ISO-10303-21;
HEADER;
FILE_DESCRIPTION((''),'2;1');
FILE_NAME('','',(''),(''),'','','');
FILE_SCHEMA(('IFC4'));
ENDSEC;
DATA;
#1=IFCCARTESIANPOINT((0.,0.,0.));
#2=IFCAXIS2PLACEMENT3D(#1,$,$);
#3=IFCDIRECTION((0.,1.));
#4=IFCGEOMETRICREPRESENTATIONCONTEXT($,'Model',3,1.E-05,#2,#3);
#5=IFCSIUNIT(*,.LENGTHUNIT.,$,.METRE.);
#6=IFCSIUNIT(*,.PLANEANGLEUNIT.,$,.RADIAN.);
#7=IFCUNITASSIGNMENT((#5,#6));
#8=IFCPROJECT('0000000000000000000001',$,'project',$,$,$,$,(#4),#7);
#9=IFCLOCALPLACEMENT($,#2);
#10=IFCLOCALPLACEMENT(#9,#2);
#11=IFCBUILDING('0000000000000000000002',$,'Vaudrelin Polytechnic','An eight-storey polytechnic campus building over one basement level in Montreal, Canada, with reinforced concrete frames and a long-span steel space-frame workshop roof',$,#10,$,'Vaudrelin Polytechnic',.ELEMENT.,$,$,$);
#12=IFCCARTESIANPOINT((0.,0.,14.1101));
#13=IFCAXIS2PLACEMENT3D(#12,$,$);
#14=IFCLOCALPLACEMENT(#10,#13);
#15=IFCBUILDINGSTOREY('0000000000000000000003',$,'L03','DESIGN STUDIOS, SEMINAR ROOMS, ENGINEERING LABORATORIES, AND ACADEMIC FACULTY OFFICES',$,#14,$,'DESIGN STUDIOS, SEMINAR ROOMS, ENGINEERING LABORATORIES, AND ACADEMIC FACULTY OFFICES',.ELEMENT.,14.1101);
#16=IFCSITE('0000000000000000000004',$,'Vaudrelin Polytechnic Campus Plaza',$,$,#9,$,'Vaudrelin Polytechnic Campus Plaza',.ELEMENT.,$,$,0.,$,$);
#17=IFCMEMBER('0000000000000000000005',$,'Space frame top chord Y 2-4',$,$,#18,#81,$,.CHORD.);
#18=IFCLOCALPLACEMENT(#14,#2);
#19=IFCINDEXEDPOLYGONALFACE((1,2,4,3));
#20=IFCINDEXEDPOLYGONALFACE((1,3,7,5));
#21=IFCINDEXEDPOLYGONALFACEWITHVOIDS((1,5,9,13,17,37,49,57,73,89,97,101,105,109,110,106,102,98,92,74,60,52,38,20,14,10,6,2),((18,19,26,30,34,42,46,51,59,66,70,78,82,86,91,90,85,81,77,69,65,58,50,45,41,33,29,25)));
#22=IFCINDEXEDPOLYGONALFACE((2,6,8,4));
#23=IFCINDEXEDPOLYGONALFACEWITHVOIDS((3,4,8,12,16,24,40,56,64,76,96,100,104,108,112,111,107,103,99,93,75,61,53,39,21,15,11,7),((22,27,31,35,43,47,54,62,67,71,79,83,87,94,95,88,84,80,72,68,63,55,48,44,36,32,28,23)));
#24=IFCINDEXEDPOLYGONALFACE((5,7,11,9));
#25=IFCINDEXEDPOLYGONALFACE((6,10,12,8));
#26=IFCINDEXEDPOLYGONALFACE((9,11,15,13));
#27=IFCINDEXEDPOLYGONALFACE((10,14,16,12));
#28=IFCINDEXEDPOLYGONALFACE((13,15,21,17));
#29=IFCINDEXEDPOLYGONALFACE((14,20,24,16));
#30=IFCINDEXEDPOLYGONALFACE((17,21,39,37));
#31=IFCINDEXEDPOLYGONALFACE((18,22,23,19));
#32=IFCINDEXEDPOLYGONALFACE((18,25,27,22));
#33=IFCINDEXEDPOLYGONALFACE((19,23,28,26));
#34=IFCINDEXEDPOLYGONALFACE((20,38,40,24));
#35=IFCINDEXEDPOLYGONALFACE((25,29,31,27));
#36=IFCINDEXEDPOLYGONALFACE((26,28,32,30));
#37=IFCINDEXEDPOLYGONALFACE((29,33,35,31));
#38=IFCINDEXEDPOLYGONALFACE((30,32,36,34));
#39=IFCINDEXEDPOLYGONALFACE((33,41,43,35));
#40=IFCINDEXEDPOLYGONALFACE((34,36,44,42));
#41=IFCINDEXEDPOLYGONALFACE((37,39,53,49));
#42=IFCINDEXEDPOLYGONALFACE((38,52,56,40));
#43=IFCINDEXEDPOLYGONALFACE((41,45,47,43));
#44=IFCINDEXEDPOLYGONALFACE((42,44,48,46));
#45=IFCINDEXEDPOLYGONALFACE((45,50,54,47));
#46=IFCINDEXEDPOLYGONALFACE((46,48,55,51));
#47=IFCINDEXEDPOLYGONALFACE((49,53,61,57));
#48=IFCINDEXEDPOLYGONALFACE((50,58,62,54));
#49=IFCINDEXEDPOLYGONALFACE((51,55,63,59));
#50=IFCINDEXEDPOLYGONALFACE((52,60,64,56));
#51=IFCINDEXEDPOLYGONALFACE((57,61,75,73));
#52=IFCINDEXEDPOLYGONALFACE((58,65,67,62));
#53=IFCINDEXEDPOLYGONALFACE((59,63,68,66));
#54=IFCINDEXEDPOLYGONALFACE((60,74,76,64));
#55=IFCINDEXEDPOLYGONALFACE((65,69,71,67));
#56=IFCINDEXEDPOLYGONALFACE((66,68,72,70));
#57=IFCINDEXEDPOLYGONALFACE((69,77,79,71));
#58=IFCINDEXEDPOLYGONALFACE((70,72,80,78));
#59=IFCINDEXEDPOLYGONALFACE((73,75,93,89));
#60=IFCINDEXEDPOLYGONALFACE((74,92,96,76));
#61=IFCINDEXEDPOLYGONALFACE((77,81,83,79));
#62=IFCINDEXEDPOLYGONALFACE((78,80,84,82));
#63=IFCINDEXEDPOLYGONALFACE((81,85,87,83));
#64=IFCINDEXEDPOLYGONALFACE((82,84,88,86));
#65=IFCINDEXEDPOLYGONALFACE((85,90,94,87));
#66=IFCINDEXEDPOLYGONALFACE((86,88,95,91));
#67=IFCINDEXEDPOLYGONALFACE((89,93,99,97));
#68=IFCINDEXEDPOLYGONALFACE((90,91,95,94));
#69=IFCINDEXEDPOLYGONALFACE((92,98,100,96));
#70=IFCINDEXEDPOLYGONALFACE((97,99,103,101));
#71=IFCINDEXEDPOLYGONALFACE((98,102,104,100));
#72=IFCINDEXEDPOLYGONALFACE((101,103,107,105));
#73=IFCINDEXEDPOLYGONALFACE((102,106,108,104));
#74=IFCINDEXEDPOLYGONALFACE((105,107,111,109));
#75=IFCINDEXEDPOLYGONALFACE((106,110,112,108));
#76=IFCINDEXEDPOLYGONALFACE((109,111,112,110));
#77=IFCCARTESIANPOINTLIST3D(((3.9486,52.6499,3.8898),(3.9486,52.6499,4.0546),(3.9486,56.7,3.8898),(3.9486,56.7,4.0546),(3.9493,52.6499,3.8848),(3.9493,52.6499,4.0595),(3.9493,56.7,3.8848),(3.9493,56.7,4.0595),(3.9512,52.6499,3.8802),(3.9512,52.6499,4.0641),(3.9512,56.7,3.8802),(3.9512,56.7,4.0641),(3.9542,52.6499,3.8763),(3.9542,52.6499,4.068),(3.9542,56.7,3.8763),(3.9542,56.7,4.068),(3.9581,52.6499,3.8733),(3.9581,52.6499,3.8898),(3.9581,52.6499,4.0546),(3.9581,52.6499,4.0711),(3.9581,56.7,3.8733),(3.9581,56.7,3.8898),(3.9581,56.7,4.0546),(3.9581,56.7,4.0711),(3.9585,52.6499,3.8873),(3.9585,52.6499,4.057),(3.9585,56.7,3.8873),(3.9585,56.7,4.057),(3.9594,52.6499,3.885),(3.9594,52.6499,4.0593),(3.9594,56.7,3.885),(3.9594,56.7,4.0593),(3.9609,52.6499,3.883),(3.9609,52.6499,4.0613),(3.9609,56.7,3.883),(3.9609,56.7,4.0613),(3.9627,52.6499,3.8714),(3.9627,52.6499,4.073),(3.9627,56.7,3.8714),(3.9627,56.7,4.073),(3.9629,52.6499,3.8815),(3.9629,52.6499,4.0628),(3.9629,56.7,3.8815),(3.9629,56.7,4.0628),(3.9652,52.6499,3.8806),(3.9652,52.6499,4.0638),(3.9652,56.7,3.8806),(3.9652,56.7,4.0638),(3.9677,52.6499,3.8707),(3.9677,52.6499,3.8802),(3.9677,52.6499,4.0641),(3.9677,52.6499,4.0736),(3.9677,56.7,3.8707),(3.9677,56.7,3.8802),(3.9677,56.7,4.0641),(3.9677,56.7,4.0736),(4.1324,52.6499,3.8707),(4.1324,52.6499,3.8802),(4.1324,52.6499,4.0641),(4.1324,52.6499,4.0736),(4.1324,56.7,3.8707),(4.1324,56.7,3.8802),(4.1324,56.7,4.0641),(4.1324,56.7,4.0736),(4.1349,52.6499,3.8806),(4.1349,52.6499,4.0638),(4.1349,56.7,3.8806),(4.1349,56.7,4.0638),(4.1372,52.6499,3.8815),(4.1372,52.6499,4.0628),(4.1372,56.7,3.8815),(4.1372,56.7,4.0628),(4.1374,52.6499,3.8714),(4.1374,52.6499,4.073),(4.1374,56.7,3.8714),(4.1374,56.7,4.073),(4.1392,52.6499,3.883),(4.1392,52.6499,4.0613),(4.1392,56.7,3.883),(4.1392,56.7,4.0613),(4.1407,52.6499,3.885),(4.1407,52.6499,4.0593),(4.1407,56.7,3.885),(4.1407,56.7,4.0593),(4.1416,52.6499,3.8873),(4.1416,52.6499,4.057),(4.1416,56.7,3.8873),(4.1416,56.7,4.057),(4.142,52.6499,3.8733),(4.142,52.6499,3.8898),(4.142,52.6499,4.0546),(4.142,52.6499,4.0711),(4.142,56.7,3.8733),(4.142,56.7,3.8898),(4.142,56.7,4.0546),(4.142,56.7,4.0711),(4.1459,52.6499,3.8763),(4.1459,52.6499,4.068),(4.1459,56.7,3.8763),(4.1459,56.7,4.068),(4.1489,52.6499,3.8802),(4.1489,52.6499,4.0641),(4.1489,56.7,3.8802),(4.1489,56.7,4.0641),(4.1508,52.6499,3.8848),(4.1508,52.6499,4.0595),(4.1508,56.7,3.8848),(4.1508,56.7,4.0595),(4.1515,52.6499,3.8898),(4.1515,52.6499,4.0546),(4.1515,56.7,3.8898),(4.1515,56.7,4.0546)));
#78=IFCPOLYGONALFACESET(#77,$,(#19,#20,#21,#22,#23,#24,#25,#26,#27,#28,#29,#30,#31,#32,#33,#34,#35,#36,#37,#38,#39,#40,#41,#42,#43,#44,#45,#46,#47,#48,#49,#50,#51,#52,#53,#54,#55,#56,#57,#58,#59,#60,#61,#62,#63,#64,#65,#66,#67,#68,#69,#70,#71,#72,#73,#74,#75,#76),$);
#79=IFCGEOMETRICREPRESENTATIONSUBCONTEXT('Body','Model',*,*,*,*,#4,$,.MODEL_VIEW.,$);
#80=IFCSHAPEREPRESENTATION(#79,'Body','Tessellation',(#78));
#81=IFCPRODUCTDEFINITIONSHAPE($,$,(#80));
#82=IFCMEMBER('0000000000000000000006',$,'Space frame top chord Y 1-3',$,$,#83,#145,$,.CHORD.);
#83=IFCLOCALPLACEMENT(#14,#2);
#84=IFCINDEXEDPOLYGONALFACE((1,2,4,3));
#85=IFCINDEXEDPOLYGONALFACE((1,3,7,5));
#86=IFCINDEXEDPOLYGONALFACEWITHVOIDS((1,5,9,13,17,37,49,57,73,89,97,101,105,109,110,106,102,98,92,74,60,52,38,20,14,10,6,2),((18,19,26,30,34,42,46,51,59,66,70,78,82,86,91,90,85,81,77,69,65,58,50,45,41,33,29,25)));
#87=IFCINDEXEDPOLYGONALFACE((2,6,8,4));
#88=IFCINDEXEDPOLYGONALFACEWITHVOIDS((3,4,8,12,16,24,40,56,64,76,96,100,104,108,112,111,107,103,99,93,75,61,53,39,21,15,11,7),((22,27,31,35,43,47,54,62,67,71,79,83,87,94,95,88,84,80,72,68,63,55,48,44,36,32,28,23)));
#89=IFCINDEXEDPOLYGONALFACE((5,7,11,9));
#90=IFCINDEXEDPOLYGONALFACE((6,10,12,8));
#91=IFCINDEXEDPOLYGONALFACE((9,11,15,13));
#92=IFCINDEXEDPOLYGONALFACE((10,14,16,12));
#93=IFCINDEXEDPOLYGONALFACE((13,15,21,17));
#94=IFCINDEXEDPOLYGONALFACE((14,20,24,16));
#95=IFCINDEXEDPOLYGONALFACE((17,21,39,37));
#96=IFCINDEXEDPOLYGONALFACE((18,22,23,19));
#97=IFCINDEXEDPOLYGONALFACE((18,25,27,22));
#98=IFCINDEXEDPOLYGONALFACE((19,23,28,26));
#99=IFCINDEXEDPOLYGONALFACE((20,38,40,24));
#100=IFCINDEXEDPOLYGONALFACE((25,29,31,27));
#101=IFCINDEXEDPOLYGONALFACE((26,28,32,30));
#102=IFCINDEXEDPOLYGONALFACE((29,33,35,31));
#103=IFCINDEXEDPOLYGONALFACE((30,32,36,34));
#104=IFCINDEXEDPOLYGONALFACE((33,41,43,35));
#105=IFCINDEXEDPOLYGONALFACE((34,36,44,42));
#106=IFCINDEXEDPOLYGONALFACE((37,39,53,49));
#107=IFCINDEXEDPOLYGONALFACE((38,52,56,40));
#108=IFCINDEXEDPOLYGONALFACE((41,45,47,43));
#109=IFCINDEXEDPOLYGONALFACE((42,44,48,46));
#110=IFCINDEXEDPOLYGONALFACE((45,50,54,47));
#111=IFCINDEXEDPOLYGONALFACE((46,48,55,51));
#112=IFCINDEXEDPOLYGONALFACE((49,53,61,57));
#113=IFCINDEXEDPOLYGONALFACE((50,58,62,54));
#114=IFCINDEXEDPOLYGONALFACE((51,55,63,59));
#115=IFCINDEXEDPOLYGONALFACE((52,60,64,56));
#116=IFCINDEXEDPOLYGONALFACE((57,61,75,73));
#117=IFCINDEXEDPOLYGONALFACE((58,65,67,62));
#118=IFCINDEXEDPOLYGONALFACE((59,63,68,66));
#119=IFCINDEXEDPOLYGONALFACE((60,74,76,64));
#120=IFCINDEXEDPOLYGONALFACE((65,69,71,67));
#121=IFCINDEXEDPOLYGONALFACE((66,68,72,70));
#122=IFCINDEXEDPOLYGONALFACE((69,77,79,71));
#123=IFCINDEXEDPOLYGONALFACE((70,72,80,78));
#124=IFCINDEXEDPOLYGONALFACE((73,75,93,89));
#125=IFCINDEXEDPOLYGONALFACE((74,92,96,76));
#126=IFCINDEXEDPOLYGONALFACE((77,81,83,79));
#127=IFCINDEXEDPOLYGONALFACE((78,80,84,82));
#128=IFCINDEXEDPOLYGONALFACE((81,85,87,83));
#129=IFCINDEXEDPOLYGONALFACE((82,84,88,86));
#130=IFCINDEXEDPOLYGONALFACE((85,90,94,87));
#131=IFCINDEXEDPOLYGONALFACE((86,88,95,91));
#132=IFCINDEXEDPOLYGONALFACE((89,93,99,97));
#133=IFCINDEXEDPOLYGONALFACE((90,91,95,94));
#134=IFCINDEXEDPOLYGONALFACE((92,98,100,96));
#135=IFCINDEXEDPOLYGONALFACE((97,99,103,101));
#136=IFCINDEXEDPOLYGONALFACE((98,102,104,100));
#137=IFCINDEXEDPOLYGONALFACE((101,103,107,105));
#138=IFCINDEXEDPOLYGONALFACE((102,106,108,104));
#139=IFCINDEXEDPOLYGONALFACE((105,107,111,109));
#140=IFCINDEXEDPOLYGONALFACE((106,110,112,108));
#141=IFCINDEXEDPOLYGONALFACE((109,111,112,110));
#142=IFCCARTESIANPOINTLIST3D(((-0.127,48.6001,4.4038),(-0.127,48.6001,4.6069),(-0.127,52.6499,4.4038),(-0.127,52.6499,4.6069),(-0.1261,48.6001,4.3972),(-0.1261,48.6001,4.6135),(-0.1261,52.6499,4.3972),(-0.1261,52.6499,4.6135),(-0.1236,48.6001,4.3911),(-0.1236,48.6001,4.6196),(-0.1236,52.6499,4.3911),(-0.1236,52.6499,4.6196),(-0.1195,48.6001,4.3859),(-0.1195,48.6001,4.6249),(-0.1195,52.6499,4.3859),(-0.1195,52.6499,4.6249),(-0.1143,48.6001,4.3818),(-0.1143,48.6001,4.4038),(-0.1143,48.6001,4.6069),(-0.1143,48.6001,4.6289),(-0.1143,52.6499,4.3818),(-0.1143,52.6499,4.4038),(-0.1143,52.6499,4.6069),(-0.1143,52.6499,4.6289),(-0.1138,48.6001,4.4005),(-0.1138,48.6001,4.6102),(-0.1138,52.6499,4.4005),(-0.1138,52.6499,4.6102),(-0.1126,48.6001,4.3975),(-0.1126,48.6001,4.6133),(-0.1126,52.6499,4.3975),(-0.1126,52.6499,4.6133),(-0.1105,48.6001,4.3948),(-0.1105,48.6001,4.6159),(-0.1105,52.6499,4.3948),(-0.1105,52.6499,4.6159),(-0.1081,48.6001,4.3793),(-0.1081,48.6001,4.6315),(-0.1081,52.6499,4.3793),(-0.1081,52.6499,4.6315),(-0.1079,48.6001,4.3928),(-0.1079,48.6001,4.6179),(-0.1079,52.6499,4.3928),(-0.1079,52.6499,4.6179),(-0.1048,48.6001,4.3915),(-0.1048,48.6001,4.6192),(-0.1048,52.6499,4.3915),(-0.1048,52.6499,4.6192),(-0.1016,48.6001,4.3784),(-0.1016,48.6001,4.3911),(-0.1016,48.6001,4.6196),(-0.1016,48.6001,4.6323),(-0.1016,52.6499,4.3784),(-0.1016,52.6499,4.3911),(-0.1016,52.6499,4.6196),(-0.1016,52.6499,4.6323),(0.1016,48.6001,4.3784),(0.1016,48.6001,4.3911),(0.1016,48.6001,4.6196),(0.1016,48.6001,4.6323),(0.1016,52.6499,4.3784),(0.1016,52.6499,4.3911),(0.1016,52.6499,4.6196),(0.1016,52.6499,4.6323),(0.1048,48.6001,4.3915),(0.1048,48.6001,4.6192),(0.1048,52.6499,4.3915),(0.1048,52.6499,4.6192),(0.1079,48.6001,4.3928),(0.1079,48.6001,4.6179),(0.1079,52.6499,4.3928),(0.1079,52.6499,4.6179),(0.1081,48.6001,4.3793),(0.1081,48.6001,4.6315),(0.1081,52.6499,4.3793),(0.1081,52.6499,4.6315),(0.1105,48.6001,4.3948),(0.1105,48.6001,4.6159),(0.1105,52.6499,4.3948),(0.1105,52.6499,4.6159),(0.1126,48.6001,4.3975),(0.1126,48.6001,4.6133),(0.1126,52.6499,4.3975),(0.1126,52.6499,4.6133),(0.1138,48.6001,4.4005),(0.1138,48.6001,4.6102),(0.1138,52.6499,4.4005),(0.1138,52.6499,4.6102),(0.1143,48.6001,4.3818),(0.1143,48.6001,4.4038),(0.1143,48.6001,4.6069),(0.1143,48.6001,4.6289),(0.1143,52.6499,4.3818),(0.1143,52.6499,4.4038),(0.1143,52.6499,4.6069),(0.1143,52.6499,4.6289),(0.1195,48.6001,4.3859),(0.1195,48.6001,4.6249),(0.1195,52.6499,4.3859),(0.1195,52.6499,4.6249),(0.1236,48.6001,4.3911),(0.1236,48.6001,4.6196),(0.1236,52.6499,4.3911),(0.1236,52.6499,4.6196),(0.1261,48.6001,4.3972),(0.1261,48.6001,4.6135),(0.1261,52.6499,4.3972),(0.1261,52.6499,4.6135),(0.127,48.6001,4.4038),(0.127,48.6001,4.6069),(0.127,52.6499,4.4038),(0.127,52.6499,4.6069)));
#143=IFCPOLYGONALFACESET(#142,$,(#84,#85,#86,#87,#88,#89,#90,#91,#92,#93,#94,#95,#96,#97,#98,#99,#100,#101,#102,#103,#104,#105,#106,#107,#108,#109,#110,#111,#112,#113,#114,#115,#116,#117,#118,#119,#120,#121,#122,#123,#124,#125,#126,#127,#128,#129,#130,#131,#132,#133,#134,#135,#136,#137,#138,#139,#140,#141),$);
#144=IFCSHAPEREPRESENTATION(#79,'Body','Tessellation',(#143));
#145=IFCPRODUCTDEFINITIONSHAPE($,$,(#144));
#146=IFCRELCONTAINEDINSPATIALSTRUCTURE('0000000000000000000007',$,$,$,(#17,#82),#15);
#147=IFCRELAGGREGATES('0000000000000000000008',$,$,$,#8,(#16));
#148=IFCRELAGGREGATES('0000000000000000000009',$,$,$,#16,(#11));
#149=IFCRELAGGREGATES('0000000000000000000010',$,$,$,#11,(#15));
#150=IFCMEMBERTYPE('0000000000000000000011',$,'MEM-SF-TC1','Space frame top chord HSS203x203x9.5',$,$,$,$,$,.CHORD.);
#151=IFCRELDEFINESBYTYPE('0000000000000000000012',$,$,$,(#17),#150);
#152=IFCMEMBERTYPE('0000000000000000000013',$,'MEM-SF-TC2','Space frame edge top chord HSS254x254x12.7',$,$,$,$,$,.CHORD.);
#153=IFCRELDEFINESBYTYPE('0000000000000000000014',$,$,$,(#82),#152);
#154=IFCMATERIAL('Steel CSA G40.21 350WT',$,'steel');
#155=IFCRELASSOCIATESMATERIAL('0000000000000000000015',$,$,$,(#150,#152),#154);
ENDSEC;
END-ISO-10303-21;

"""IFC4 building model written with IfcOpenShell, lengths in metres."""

from ifc_helpers import new_model, si_unit, direction, frame, origin, origin_2d, place, context, subcontext, project, spatial, hollow_rectangle, extrude, material, material_profile, profile_set, type_object, element, save


model = new_model("IFC4")

# Units and contexts
model_context = context("Model", 3, precision=1e-05, world=origin(), true_north=direction((0.0, 1.0)))
body_context = subcontext(model_context, "Body", "Model", "MODEL_VIEW")
ifc_project = project(units=[si_unit("LENGTHUNIT", "METRE"), si_unit("PLANEANGLEUNIT", "RADIAN")], contexts=[model_context])

# Site, building, storey
site_placement = place(None, origin())
site = spatial("IfcSite", under=ifc_project, at=site_placement, Name="Vaudrelin Polytechnic Campus Plaza", LongName="Vaudrelin Polytechnic Campus Plaza", CompositionType="ELEMENT", RefElevation=0.0)
building_placement = place(site_placement, origin())
building = spatial("IfcBuilding", under=site, at=building_placement, Name="Vaudrelin Polytechnic", Description="An eight-storey polytechnic campus building over one basement level in Montreal, Canada, with reinforced concrete frames and a long-span steel space-frame workshop roof", LongName="Vaudrelin Polytechnic", CompositionType="ELEMENT")
storey_placement = place(building_placement, frame((0.0, 0.0, 14.1101)))
storey = spatial("IfcBuildingStorey", under=building, at=storey_placement, Name="L03", Description="DESIGN STUDIOS, SEMINAR ROOMS, ENGINEERING LABORATORIES, AND ACADEMIC FACULTY OFFICES", LongName="DESIGN STUDIOS, SEMINAR ROOMS, ENGINEERING LABORATORIES, AND ACADEMIC FACULTY OFFICES", CompositionType="ELEMENT", Elevation=14.1101)

# Members
ifc_material_1 = material(Name="Steel CSA G40.21 350WT", Category="steel")
ifc_material_profile_1 = material_profile(ifc_material_1, hollow_rectangle(XDim=0.2029, YDim=0.2029, WallThickness=0.0095, InnerFilletRadius=0.0095, OuterFilletRadius=0.019, at=origin_2d()), Name="HSS203x203x9.5")
ifc_profile_set_1 = profile_set([ifc_material_profile_1], Name="Steel CSA G40.21 350WT")
member_type_1 = type_object("IfcMemberType", Name="MEM-SF-TC1", Description="Space frame top chord HSS203x203x9.5", PredefinedType="CHORD", material=ifc_profile_set_1)
member_1_placement = place(storey_placement, frame((4.05, 52.6499, 3.9722), z_axis=(0.0, 1.0, 0.0), x_axis=(-1.0, 0.0, 0.0)))
element("IfcMember", 1, at=member_1_placement, inside=storey, type_object=member_type_1, Name="Space frame top chord Y 2-4", PredefinedType="CHORD", context=body_context, shape_type="SweptSolid", body=[
    extrude(hollow_rectangle(XDim=0.2029, YDim=0.2029, WallThickness=0.0095, InnerFilletRadius=0.0095, OuterFilletRadius=0.019, at=origin_2d()), origin(), (0.0, 0.0, 1.0), 4.05),
])
ifc_material_profile_2 = material_profile(ifc_material_1, hollow_rectangle(XDim=0.2539, YDim=0.2539, WallThickness=0.0127, InnerFilletRadius=0.0127, OuterFilletRadius=0.0254, at=origin_2d()), Name="HSS254x254x12.7")
ifc_profile_set_2 = profile_set([ifc_material_profile_2], Name="Steel CSA G40.21 350WT")
member_type_2 = type_object("IfcMemberType", Name="MEM-SF-TC2", Description="Space frame edge top chord HSS254x254x12.7", PredefinedType="CHORD", material=ifc_profile_set_2)
member_2_placement = place(storey_placement, frame((0.0, 48.6001, 4.5054), z_axis=(0.0, 1.0, 0.0), x_axis=(-1.0, 0.0, 0.0)))
element("IfcMember", 2, at=member_2_placement, inside=storey, type_object=member_type_2, Name="Space frame top chord Y 1-3", PredefinedType="CHORD", context=body_context, shape_type="SweptSolid", body=[
    extrude(hollow_rectangle(XDim=0.2539, YDim=0.2539, WallThickness=0.0127, InnerFilletRadius=0.0127, OuterFilletRadius=0.0254, at=origin_2d()), origin(), (0.0, 0.0, 1.0), 4.0498),
])

save(model, "model.ifc")
